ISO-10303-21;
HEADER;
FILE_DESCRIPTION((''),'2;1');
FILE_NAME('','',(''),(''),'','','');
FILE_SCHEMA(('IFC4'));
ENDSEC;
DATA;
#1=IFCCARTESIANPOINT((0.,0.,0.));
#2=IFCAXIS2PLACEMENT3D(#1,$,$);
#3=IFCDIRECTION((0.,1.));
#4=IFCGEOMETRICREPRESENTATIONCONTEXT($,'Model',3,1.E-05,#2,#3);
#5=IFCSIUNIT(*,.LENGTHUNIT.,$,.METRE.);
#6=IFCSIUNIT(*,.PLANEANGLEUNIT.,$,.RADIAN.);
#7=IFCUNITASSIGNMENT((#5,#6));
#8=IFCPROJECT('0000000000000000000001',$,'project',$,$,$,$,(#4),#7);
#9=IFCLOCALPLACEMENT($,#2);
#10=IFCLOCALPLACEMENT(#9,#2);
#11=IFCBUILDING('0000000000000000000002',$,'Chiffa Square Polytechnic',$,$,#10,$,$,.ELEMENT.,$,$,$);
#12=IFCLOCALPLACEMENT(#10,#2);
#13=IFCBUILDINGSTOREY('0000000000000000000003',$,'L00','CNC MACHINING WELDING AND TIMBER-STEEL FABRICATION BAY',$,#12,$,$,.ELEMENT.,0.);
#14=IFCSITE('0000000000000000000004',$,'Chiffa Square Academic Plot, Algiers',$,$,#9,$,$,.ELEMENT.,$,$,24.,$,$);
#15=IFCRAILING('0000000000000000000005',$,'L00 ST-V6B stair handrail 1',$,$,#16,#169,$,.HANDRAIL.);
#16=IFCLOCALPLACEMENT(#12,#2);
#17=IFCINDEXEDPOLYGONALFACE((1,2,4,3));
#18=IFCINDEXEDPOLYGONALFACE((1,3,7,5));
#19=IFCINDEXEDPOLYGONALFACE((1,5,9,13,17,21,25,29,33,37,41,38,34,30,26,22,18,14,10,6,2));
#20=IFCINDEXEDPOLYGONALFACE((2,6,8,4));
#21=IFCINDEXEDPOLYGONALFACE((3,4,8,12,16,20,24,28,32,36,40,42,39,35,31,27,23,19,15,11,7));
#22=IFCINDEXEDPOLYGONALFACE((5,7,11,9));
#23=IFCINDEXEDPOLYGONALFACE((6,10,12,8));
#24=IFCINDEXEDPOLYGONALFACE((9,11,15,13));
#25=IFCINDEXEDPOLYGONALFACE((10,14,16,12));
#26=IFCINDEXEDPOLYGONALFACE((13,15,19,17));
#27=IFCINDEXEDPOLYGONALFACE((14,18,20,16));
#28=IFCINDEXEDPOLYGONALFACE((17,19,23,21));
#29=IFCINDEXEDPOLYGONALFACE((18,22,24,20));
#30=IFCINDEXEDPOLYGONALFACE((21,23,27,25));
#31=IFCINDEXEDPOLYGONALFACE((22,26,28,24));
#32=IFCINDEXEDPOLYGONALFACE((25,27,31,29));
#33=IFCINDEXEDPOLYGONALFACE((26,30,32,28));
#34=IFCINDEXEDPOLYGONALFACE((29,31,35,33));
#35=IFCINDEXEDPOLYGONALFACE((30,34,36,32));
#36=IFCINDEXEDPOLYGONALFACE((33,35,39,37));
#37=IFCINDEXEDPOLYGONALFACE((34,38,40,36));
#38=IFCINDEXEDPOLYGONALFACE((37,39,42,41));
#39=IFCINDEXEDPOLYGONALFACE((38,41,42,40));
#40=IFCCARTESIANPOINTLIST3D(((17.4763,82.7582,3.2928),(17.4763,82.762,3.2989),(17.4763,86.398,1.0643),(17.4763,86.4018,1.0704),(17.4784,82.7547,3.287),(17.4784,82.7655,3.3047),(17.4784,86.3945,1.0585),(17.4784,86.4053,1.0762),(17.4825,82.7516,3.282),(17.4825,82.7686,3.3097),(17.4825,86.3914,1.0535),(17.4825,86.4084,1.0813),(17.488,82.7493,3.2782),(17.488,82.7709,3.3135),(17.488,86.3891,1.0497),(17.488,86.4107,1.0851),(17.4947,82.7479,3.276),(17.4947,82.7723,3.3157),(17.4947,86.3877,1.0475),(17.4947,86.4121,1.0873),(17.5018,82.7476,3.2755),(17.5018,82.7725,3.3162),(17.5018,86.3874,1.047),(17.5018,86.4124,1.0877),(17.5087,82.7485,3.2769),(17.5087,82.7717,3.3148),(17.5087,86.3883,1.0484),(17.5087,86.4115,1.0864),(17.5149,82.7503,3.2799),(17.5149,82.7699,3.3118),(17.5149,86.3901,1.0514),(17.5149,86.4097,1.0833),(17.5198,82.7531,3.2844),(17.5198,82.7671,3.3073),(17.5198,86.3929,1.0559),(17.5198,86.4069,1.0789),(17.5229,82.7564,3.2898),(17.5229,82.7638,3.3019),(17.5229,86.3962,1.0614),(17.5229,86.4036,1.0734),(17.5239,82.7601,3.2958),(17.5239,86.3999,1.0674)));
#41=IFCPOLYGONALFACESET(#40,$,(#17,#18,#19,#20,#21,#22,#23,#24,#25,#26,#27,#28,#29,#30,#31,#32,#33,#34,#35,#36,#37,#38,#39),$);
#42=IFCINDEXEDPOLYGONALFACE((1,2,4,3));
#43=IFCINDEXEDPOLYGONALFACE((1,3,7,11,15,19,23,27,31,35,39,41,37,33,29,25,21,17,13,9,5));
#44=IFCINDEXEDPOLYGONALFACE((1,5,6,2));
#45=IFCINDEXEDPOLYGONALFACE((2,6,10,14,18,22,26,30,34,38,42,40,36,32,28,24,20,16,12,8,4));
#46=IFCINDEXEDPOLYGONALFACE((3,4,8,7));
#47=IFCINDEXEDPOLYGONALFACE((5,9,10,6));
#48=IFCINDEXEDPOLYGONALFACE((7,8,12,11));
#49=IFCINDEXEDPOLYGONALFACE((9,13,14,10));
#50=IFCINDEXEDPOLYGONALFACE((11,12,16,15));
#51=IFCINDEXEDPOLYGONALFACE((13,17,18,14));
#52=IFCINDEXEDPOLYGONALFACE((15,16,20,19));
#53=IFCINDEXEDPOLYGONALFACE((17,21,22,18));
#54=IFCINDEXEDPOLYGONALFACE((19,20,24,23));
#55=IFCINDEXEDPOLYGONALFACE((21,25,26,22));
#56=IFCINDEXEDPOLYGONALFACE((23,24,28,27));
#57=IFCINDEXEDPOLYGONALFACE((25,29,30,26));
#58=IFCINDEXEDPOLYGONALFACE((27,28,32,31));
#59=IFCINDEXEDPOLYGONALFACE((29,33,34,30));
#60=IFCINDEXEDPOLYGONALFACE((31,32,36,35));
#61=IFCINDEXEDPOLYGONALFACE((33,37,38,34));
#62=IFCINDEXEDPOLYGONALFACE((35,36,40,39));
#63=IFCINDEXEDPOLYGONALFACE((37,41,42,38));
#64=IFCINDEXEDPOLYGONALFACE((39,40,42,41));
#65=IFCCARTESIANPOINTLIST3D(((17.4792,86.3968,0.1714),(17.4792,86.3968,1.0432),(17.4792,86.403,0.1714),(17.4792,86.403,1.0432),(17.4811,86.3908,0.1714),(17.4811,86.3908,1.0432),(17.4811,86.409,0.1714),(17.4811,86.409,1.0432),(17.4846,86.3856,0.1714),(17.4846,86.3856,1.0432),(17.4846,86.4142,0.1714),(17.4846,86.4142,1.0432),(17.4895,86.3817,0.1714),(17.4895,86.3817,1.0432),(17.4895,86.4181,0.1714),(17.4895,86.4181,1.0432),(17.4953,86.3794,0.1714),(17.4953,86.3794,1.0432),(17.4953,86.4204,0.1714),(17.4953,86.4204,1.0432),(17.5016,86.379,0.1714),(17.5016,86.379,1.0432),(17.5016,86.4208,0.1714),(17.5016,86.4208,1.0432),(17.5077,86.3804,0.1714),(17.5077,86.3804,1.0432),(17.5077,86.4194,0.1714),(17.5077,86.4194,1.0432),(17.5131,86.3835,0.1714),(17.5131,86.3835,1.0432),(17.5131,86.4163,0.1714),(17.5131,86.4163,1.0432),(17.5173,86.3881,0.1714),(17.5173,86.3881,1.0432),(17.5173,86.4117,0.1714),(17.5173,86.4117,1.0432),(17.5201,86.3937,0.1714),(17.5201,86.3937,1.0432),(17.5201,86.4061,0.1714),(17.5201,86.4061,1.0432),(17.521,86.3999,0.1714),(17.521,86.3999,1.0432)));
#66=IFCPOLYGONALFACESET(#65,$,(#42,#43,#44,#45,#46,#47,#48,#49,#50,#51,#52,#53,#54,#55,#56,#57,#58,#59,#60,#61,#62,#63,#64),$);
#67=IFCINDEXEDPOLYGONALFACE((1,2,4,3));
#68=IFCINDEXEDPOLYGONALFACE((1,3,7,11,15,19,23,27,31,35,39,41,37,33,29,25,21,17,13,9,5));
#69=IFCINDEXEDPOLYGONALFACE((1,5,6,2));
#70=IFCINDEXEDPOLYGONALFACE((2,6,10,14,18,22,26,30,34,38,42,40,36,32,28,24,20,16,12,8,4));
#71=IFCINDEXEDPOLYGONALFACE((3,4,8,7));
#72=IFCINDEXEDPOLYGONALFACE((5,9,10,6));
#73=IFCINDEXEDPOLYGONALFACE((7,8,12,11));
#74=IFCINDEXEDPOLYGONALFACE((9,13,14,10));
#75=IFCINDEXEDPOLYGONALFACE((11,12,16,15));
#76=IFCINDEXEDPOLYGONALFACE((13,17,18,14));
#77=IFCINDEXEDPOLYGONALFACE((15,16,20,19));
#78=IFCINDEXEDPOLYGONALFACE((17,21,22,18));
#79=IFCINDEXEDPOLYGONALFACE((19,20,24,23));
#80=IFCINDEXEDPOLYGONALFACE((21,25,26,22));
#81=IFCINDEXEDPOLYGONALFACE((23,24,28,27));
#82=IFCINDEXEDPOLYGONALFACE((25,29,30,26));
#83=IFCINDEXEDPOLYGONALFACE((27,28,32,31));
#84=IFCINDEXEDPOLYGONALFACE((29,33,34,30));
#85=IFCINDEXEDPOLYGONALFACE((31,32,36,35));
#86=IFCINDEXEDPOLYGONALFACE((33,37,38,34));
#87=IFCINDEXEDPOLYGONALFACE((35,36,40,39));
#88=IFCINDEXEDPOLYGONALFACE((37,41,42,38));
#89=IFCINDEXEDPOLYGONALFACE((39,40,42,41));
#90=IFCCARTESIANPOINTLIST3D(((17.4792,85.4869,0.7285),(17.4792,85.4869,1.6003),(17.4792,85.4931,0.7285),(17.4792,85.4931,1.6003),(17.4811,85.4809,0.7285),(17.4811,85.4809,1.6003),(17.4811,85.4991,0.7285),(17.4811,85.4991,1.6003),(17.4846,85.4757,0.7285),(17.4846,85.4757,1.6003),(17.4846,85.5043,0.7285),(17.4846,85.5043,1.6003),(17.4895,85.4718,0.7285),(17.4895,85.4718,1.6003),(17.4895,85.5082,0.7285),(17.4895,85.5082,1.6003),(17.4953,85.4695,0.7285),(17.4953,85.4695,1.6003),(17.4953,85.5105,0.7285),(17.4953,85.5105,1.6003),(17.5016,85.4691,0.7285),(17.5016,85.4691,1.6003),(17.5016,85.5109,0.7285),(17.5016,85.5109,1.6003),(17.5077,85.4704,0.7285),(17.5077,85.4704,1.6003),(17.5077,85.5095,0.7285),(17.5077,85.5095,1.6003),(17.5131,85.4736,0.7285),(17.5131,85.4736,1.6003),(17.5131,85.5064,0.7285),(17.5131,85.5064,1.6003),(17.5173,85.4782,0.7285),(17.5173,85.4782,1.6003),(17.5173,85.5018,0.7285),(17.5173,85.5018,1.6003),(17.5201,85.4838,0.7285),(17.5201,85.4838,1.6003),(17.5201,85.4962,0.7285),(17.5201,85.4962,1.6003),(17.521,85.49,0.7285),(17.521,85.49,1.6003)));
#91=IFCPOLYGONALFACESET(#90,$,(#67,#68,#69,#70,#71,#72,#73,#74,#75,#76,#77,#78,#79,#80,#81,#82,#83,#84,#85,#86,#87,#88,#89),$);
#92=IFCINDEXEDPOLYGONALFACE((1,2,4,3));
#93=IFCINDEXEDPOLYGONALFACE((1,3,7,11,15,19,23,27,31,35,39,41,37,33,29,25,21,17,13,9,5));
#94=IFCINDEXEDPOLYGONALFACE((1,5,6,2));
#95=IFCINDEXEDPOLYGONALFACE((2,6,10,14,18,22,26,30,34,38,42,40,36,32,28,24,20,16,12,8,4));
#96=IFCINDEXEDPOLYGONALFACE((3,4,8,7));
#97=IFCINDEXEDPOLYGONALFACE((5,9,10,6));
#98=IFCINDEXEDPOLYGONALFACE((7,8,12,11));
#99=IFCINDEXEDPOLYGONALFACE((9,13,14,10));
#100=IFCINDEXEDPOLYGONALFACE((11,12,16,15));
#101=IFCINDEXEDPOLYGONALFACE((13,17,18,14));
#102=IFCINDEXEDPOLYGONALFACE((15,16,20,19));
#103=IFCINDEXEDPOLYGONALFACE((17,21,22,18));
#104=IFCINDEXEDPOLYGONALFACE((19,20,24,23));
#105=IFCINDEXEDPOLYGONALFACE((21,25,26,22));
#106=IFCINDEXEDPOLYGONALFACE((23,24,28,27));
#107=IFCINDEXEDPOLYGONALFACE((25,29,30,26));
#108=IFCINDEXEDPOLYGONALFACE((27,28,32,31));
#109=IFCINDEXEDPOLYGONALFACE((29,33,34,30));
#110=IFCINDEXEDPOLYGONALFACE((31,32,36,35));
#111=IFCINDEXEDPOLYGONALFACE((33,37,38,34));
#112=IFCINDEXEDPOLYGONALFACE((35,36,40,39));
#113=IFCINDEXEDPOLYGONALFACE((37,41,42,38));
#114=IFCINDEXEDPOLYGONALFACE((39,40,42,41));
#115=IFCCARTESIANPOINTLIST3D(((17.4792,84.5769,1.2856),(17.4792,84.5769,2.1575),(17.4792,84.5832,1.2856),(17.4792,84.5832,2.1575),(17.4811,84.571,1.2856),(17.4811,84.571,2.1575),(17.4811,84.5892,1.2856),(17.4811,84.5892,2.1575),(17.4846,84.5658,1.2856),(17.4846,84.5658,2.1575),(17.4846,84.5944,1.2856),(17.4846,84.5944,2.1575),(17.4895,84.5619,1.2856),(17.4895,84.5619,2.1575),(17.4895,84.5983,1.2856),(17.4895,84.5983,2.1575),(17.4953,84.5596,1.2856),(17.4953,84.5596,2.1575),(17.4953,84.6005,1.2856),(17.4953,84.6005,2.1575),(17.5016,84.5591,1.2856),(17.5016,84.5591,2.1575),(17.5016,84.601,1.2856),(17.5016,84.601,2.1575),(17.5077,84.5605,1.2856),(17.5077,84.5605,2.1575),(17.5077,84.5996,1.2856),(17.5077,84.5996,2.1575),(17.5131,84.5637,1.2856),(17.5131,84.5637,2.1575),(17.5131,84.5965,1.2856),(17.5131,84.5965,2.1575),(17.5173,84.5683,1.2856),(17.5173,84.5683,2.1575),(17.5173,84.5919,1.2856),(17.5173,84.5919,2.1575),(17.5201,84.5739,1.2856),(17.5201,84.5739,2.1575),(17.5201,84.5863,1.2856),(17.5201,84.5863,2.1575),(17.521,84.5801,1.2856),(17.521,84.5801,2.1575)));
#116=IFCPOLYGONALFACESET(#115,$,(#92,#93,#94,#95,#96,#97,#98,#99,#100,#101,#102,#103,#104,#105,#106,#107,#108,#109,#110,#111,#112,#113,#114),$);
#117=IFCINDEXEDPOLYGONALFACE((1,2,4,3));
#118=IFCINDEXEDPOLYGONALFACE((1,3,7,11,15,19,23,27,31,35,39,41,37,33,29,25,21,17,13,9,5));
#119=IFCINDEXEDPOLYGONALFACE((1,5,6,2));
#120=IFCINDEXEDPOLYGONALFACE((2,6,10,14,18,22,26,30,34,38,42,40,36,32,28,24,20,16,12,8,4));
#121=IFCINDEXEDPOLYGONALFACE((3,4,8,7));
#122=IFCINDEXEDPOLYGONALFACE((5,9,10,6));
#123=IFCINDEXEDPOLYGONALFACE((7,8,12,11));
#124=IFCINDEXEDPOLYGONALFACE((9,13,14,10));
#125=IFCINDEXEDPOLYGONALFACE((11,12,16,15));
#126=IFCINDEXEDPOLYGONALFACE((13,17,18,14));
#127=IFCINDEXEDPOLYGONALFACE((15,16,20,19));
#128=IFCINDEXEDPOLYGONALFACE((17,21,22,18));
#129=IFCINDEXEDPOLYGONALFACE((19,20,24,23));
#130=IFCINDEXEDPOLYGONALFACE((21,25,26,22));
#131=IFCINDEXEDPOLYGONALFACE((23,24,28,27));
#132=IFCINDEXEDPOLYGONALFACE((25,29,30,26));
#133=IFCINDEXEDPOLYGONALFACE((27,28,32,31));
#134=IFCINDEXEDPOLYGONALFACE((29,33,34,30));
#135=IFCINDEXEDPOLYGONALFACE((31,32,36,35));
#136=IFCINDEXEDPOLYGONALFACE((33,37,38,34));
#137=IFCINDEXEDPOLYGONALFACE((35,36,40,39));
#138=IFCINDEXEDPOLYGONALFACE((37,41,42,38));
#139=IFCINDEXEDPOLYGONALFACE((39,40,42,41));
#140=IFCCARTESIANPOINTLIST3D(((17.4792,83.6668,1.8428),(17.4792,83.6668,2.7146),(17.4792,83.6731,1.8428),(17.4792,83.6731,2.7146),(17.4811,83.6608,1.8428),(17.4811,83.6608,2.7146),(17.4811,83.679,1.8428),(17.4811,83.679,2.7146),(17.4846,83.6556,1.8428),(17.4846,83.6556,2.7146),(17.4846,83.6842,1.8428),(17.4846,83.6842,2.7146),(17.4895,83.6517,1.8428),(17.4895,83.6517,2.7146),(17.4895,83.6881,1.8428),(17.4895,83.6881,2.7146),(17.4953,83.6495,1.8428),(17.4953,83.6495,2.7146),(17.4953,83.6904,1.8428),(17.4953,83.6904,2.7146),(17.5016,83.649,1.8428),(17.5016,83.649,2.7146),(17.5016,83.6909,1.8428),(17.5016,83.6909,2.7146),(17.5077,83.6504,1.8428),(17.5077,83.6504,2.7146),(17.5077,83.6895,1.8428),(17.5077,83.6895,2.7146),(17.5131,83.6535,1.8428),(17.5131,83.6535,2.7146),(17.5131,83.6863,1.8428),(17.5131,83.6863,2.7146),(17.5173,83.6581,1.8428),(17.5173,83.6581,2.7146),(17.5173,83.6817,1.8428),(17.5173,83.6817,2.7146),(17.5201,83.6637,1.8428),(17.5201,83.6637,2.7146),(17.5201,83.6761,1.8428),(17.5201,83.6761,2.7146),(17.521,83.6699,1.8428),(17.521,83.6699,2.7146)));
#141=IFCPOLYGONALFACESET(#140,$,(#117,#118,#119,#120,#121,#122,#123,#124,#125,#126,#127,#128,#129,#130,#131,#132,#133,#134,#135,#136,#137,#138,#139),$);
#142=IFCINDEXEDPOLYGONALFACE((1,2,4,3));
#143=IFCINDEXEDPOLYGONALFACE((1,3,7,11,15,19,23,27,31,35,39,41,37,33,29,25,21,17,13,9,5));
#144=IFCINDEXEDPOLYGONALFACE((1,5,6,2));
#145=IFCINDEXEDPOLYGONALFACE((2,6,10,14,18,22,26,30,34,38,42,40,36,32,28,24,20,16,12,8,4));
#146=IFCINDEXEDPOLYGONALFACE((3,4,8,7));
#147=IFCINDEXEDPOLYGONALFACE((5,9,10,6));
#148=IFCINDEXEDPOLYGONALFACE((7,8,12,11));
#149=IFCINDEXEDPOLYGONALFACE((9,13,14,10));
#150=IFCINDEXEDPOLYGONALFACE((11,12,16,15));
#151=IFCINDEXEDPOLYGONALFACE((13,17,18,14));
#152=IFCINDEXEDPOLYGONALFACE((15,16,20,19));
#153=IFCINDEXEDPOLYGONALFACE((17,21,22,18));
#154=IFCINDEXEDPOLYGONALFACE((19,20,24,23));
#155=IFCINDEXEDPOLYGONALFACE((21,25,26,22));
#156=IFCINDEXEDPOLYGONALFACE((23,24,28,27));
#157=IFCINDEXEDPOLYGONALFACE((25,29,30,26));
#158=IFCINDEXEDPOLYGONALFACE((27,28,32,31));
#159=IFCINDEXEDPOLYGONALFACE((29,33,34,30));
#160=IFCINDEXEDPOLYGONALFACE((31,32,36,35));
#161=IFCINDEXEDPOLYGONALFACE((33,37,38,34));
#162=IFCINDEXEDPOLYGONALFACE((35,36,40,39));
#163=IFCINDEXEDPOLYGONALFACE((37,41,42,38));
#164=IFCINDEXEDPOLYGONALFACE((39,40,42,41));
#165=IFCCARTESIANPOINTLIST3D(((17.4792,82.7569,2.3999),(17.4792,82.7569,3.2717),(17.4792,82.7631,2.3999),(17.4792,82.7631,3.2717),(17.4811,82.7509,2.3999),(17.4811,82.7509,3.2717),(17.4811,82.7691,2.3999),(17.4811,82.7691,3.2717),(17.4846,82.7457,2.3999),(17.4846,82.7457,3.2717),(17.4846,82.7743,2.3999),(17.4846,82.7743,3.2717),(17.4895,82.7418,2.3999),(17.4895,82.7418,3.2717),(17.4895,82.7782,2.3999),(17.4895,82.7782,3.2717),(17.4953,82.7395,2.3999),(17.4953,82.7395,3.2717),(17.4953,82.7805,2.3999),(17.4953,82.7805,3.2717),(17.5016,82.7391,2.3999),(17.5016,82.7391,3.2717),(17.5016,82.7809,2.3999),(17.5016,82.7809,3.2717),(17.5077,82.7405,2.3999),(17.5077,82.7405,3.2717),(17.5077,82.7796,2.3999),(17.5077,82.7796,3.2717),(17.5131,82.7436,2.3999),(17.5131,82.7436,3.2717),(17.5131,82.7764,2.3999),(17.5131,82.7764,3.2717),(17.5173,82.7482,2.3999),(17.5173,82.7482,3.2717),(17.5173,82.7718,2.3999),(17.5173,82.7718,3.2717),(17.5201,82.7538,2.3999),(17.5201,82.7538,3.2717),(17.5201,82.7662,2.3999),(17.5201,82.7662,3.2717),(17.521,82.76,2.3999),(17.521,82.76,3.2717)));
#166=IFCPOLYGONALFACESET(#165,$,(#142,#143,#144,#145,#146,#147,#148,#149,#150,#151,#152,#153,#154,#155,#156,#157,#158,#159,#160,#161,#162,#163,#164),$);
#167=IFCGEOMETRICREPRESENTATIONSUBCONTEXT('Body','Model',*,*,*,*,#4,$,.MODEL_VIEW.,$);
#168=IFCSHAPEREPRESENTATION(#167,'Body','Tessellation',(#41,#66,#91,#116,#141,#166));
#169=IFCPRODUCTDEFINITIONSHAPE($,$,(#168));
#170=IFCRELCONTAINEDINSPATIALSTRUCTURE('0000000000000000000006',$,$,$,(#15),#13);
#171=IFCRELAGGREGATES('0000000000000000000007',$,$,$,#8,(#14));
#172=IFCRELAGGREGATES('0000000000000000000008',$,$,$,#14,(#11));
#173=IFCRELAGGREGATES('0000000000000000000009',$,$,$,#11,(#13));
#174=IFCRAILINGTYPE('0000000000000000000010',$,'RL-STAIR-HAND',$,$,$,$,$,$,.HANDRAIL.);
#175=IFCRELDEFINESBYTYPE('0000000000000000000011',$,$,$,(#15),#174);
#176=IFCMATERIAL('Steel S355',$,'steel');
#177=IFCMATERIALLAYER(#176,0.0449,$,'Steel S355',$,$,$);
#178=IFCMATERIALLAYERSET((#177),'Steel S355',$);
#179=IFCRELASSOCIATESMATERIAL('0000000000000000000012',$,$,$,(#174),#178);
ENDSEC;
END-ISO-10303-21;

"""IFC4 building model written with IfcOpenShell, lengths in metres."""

from ifc_helpers import new_model, si_unit, direction, frame, origin, origin_2d, place, context, subcontext, project, spatial, circle, extrude, material, layer, layer_set, type_object, element, save


model = new_model("IFC4")

# Units and contexts
model_context = context("Model", 3, precision=1e-05, world=origin(), true_north=direction((0.0, 1.0)))
body_context = subcontext(model_context, "Body", "Model", "MODEL_VIEW")
ifc_project = project(units=[si_unit("LENGTHUNIT", "METRE"), si_unit("PLANEANGLEUNIT", "RADIAN")], contexts=[model_context])

# Site, building, storey
site_placement = place(None, origin())
site = spatial("IfcSite", under=ifc_project, at=site_placement, Name="Chiffa Square Academic Plot, Algiers", CompositionType="ELEMENT", RefElevation=24.0)
building_placement = place(site_placement, origin())
building = spatial("IfcBuilding", under=site, at=building_placement, Name="Chiffa Square Polytechnic", CompositionType="ELEMENT")
storey_placement = place(building_placement, origin())
storey = spatial("IfcBuildingStorey", under=building, at=storey_placement, Name="L00", Description="CNC MACHINING WELDING AND TIMBER-STEEL FABRICATION BAY", CompositionType="ELEMENT", Elevation=0.0)

# Railing
ifc_material_1 = material(Name="Steel S355", Category="steel")
ifc_layer_1 = layer(ifc_material_1, 0.0449, Name="Steel S355")
ifc_layer_set_1 = layer_set([ifc_layer_1], Name="Steel S355")
railing_type_1 = type_object("IfcRailingType", Name="RL-STAIR-HAND", PredefinedType="HANDRAIL", material=ifc_layer_set_1)
railing_1_placement = place(storey_placement, frame((17.5, 86.3999, 0.1714)))
element("IfcRailing", 1, at=railing_1_placement, inside=storey, type_object=railing_type_1, Name="L00 ST-V6B stair handrail 1", PredefinedType="HANDRAIL", context=body_context, shape_type="SweptSolid", body=[
    extrude(circle(Radius=0.0239, at=origin_2d()), frame((0.0, 0.0, 0.896), z_axis=(0.0, -0.85285, 0.522156), x_axis=(1.0, 0.0, 0.0)), (0.0, 0.0, 1.0), 4.2678),
    extrude(circle(Radius=0.021, at=origin_2d()), origin(), (0.0, 0.0, 1.0), 0.8718),
    extrude(circle(Radius=0.021, at=origin_2d()), frame((0.0, -0.9099, 0.5571)), (0.0, 0.0, 1.0), 0.8718),
    extrude(circle(Radius=0.021, at=origin_2d()), frame((0.0, -1.8198, 1.1143)), (0.0, 0.0, 1.0), 0.8718),
    extrude(circle(Radius=0.021, at=origin_2d()), frame((0.0, -2.73, 1.6714)), (0.0, 0.0, 1.0), 0.8718),
    extrude(circle(Radius=0.021, at=origin_2d()), frame((0.0, -3.6399, 2.2285)), (0.0, 0.0, 1.0), 0.8718),
])

save(model, "model.ifc")
